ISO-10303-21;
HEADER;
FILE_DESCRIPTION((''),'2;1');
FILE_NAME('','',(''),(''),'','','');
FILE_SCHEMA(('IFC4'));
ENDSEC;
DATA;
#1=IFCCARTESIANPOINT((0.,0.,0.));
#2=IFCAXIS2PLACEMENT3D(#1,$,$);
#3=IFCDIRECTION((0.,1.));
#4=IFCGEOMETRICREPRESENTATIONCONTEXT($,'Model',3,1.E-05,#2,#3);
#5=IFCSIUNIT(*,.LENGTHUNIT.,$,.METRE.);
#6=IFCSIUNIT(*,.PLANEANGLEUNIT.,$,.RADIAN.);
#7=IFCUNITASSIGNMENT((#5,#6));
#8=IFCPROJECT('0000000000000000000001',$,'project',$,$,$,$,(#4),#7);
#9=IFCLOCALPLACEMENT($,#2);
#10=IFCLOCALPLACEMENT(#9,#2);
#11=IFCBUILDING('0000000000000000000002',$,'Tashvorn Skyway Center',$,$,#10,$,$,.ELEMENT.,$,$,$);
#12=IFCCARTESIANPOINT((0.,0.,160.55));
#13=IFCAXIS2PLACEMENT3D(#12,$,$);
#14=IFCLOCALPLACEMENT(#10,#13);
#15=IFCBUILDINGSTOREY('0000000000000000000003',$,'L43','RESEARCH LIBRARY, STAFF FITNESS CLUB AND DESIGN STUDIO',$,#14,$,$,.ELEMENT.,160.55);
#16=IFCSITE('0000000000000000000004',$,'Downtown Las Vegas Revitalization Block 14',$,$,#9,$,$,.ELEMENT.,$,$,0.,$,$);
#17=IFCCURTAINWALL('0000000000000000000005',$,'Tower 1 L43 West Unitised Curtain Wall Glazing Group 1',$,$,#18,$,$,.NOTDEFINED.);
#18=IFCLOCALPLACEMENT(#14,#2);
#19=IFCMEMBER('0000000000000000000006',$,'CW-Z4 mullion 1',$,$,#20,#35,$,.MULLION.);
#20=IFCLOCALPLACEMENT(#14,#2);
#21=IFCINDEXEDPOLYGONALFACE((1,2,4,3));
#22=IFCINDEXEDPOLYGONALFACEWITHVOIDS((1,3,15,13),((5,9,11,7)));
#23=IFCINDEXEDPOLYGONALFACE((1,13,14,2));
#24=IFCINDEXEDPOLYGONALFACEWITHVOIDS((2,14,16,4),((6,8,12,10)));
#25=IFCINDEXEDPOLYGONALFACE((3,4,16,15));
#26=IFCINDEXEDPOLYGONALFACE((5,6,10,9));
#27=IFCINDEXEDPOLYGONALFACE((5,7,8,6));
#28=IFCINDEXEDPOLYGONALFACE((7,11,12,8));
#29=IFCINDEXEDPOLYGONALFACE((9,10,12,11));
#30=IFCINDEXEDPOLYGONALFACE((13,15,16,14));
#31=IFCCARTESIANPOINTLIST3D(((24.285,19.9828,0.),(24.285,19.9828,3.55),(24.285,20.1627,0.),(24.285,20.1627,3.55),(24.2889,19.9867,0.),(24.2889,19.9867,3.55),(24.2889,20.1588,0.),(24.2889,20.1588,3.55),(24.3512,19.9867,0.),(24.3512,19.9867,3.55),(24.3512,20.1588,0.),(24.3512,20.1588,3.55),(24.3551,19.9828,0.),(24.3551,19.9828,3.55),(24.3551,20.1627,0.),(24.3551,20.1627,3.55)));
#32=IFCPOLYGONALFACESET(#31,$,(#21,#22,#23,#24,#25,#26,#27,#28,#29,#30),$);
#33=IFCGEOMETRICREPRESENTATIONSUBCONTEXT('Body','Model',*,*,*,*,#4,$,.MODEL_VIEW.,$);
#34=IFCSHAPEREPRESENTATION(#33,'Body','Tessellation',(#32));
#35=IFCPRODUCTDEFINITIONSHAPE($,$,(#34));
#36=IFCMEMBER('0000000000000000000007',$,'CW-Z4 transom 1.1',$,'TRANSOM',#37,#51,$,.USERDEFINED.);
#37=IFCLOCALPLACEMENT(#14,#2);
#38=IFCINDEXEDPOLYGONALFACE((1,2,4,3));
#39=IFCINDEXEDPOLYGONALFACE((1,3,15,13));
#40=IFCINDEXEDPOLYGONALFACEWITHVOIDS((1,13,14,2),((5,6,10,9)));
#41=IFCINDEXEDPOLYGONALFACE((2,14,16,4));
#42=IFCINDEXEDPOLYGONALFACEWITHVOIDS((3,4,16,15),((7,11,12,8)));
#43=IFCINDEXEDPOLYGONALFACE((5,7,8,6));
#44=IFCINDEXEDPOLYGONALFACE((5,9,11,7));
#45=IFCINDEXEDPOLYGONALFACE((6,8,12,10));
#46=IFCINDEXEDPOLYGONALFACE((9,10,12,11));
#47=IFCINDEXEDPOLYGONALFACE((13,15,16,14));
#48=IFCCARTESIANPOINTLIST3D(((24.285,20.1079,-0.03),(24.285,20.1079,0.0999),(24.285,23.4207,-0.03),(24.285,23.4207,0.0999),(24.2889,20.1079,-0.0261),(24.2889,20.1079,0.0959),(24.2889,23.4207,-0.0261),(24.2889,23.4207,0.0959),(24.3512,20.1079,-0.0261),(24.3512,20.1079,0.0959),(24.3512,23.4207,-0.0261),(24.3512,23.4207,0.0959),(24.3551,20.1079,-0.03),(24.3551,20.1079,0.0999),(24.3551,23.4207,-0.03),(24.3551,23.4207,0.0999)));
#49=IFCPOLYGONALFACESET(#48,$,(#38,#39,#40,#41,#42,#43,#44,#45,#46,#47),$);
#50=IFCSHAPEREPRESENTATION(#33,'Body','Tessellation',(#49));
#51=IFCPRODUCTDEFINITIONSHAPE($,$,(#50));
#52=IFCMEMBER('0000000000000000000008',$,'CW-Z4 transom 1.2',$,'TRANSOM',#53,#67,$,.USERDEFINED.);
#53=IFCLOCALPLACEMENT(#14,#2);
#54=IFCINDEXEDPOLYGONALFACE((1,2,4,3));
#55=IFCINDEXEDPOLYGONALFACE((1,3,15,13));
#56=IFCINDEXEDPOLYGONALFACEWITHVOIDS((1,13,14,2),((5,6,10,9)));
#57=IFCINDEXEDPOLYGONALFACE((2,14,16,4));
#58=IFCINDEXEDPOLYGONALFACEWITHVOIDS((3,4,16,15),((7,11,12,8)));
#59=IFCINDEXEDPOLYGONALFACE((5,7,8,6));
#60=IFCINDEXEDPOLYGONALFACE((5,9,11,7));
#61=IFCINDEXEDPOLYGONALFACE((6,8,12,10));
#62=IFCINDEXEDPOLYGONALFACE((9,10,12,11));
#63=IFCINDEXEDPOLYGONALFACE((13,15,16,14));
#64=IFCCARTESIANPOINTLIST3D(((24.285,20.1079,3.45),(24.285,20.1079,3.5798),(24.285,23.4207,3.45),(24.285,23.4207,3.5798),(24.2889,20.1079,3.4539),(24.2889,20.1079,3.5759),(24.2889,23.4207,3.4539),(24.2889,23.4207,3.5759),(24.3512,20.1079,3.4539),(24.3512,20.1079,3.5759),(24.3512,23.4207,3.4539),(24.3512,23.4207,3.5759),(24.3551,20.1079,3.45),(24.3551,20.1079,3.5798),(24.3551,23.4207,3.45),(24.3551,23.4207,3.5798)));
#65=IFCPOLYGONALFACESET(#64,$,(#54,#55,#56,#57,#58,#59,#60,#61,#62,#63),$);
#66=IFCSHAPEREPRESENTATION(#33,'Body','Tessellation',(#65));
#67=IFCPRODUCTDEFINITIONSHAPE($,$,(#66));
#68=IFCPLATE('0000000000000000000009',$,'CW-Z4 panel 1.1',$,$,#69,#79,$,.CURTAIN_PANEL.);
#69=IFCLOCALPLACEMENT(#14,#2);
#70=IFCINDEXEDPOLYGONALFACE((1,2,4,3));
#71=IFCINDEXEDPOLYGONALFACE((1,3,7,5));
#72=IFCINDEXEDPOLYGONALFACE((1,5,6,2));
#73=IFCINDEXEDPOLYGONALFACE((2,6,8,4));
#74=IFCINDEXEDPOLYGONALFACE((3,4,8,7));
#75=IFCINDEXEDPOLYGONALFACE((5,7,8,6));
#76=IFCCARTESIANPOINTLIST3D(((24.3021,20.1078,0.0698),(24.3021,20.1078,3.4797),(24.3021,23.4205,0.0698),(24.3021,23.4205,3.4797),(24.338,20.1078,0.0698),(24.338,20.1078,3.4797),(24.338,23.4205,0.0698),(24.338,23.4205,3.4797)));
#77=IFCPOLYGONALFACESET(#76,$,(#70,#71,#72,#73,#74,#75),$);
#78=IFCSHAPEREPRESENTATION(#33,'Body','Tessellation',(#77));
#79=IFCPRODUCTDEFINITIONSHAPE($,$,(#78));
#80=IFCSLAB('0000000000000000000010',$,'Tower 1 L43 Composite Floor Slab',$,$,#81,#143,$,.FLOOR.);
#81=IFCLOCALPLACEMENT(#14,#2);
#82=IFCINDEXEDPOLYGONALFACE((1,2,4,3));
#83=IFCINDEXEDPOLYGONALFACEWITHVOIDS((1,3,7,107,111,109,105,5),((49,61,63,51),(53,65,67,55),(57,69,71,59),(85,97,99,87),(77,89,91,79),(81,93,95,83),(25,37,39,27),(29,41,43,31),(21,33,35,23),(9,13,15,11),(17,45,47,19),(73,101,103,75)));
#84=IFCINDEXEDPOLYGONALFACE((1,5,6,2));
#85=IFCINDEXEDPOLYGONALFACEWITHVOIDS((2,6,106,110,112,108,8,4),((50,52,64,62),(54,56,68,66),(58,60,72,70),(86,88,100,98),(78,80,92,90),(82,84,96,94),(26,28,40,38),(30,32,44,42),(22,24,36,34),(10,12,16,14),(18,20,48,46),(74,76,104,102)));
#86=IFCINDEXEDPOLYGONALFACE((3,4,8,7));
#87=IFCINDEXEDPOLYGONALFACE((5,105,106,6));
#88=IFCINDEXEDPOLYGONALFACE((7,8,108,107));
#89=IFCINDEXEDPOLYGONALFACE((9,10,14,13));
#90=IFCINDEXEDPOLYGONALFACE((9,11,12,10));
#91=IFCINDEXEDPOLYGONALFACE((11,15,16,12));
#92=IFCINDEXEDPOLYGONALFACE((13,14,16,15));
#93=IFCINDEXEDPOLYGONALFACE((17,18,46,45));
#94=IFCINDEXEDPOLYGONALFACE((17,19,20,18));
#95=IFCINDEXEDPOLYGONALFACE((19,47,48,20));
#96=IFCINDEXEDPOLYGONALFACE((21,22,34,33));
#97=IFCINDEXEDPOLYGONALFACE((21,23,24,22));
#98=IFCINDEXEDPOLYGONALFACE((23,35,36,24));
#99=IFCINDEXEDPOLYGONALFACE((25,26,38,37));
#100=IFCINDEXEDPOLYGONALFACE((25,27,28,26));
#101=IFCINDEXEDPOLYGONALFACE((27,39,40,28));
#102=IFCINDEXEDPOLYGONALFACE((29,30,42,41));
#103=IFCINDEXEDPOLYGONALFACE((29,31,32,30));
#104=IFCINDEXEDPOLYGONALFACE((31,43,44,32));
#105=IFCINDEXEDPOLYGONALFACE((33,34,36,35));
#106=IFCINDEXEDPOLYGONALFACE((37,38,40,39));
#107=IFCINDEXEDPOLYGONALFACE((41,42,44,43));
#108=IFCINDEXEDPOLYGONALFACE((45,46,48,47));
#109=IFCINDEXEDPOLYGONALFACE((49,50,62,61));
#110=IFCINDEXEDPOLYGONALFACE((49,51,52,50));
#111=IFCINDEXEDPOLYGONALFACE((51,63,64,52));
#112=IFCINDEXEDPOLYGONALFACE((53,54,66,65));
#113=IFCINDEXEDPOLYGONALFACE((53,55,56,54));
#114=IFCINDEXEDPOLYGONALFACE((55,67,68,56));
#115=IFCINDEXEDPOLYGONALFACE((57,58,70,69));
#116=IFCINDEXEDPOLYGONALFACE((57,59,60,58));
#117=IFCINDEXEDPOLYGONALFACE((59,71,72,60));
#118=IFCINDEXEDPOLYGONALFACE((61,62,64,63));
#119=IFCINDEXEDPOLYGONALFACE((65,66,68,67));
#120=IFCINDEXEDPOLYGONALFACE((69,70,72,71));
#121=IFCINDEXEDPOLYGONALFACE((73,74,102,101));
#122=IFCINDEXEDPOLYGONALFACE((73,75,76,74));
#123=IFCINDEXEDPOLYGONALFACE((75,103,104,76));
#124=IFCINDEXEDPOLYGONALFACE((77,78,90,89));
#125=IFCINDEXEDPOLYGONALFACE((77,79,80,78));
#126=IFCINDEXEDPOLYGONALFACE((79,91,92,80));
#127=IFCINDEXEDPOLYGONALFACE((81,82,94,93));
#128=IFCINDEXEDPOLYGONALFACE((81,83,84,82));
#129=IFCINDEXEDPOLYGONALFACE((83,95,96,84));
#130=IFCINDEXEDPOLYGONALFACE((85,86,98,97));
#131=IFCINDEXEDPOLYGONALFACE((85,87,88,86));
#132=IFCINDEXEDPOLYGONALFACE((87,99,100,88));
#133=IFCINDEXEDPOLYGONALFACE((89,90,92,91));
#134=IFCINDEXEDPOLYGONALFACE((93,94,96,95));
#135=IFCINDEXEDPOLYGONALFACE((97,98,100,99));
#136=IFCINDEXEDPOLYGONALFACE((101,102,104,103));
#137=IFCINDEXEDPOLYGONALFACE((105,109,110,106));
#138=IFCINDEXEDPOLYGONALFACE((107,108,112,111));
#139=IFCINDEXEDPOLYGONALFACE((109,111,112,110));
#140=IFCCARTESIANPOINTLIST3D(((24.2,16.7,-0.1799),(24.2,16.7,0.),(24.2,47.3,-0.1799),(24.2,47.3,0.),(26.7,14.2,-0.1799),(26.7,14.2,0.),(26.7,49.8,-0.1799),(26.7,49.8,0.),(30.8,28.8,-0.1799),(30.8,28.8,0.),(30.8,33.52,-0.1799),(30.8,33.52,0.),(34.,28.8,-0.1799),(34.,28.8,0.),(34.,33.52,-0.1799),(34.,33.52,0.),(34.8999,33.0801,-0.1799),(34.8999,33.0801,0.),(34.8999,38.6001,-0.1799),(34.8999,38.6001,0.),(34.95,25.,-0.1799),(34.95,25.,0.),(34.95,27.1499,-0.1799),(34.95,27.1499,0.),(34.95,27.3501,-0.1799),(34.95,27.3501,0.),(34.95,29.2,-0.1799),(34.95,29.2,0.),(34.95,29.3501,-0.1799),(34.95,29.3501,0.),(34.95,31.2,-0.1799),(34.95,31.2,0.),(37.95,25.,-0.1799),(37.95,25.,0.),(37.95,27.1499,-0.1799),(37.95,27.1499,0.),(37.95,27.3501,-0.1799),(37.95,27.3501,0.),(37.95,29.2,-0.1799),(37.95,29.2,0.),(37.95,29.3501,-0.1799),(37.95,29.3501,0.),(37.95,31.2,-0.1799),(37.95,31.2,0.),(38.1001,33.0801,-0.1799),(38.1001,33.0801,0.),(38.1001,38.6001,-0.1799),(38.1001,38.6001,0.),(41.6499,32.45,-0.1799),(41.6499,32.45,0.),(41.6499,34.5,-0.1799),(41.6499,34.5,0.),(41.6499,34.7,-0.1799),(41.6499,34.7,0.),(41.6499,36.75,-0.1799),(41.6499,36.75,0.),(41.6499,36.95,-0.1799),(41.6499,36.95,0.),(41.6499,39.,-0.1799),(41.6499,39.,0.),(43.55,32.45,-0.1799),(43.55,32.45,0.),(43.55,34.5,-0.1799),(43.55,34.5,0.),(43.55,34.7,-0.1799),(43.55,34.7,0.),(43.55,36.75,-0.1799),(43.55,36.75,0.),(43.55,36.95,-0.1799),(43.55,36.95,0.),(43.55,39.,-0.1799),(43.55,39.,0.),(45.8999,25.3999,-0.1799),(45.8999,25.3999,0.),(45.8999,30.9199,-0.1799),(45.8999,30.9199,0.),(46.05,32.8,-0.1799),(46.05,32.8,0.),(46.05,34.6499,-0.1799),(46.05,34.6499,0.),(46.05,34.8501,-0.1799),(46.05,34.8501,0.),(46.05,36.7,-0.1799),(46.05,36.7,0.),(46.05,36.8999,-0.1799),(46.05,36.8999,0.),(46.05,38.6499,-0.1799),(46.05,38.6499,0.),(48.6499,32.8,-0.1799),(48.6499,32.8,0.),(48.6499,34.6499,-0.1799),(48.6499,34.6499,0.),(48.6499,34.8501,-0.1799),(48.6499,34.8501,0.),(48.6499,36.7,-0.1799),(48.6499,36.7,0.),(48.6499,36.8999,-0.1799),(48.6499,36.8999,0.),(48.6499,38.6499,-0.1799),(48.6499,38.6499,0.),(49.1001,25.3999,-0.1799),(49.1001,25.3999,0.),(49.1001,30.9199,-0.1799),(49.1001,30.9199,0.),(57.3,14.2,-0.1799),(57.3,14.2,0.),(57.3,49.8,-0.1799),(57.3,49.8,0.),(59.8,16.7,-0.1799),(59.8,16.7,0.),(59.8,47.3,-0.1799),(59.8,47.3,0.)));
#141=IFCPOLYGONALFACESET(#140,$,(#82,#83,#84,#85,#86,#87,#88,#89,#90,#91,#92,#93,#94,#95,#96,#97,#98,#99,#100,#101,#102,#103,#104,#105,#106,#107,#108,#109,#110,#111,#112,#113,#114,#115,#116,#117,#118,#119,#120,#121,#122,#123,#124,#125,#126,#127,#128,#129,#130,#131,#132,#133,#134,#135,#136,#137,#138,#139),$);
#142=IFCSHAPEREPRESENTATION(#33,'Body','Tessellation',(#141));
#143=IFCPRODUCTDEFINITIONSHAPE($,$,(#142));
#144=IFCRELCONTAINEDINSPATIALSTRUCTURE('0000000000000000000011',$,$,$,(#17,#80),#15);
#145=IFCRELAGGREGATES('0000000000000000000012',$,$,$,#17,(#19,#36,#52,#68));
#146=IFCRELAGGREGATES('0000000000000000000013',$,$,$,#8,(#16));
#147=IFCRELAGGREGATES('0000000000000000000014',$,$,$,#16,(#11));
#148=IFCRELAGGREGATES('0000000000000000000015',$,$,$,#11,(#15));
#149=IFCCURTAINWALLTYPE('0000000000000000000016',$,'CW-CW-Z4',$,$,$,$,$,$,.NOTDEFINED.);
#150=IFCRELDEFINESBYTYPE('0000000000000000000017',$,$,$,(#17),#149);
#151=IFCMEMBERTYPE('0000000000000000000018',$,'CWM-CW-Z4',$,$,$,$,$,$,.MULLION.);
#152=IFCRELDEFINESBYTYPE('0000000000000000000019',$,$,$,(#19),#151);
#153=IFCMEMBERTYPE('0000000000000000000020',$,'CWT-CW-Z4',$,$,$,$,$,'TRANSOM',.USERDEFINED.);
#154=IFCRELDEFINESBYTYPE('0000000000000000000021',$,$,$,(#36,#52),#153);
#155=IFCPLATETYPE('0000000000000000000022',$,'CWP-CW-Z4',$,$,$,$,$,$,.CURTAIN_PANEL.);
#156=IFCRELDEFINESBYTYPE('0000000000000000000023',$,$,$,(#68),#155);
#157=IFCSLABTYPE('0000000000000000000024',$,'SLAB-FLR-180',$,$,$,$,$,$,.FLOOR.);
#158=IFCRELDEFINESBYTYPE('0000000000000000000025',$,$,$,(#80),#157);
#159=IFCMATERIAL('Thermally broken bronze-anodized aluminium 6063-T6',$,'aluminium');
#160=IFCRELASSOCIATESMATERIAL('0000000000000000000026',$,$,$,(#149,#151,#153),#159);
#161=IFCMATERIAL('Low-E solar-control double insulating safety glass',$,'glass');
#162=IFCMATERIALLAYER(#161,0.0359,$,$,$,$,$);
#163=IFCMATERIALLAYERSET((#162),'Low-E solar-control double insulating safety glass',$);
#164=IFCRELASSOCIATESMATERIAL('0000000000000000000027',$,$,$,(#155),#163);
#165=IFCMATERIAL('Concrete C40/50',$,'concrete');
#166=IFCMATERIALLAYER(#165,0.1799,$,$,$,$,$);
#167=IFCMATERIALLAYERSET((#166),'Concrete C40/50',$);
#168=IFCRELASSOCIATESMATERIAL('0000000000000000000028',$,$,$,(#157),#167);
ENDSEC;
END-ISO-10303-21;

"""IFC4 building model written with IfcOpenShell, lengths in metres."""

from ifc_helpers import new_model, si_unit, direction, frame, origin, origin_2d, place, context, subcontext, project, spatial, polyline, rectangle, hollow_rectangle, outline, extrude, material, layer, layer_set, material_profile, profile_set, type_object, element, aggregate, save


model = new_model("IFC4")

# Units and contexts
model_context = context("Model", 3, precision=1e-05, world=origin(), true_north=direction((0.0, 1.0)))
body_context = subcontext(model_context, "Body", "Model", "MODEL_VIEW")
ifc_project = project(units=[si_unit("LENGTHUNIT", "METRE"), si_unit("PLANEANGLEUNIT", "RADIAN")], contexts=[model_context])

# Site, building, storey
site_placement = place(None, origin())
site = spatial("IfcSite", under=ifc_project, at=site_placement, Name="Downtown Las Vegas Revitalization Block 14", CompositionType="ELEMENT", RefElevation=0.0)
building_placement = place(site_placement, origin())
building = spatial("IfcBuilding", under=site, at=building_placement, Name="Tashvorn Skyway Center", CompositionType="ELEMENT")
storey_placement = place(building_placement, frame((0.0, 0.0, 160.55)))
storey = spatial("IfcBuildingStorey", under=building, at=storey_placement, Name="L43", Description="RESEARCH LIBRARY, STAFF FITNESS CLUB AND DESIGN STUDIO", CompositionType="ELEMENT", Elevation=160.55)

# Curtain wall, members, plate
ifc_material_1 = material(Name="Thermally broken bronze-anodized aluminium 6063-T6", Category="aluminium")
curtain_wall_type = type_object("IfcCurtainWallType", Name="CW-CW-Z4", PredefinedType="NOTDEFINED", material=ifc_material_1)
curtain_wall_placement = place(storey_placement, origin())
curtain_wall = element("IfcCurtainWall", 1, at=curtain_wall_placement, inside=storey, type_object=curtain_wall_type, Name="Tower 1 L43 West Unitised Curtain Wall Glazing Group 1", PredefinedType="NOTDEFINED")
ifc_material_profile_1 = material_profile(ifc_material_1, hollow_rectangle(XDim=0.0701, YDim=0.1799, WallThickness=0.0039, at=origin_2d()), Name="ALU-MULL-70x180")
ifc_profile_set_1 = profile_set([ifc_material_profile_1], Name="Thermally broken bronze-anodized aluminium 6063-T6")
member_type_1 = type_object("IfcMemberType", Name="CWM-CW-Z4", PredefinedType="MULLION", material=ifc_profile_set_1)
member_1_placement = place(storey_placement, frame((24.3201, 20.0728, 0.0), z_axis=(0.0, 0.0, 1.0), x_axis=(-1.0, 0.0, 0.0)))
member_1 = element("IfcMember", 2, at=member_1_placement, type_object=member_type_1, Name="CW-Z4 mullion 1", PredefinedType="MULLION", context=body_context, shape_type="SweptSolid", body=[
    extrude(hollow_rectangle(XDim=0.0701, YDim=0.1799, WallThickness=0.0039, at=origin_2d()), origin(), (0.0, 0.0, 1.0), 3.55),
])
ifc_material_profile_2 = material_profile(ifc_material_1, hollow_rectangle(XDim=0.0701, YDim=0.1299, WallThickness=0.0039, at=origin_2d()), Name="ALU-TRAN-70x130")
ifc_profile_set_2 = profile_set([ifc_material_profile_2], Name="Thermally broken bronze-anodized aluminium 6063-T6")
member_type_2 = type_object("IfcMemberType", Name="CWT-CW-Z4", ElementType="TRANSOM", PredefinedType="USERDEFINED", material=ifc_profile_set_2)
member_2_placement = place(storey_placement, frame((24.3201, 20.1079, 0.0349), z_axis=(0.0, 1.0, 0.0), x_axis=(-1.0, 0.0, 0.0)))
member_2 = element("IfcMember", 3, at=member_2_placement, type_object=member_type_2, Name="CW-Z4 transom 1.1", ObjectType="TRANSOM", PredefinedType="USERDEFINED", context=body_context, shape_type="SweptSolid", body=[
    extrude(hollow_rectangle(XDim=0.0701, YDim=0.1299, WallThickness=0.0039, at=origin_2d()), origin(), (0.0, 0.0, 1.0), 3.3127),
])
member_3_placement = place(storey_placement, frame((24.3201, 20.1079, 3.5149), z_axis=(0.0, 1.0, 0.0), x_axis=(-1.0, 0.0, 0.0)))
member_3 = element("IfcMember", 4, at=member_3_placement, type_object=member_type_2, Name="CW-Z4 transom 1.2", ObjectType="TRANSOM", PredefinedType="USERDEFINED", context=body_context, shape_type="SweptSolid", body=[
    extrude(hollow_rectangle(XDim=0.0701, YDim=0.1299, WallThickness=0.0039, at=origin_2d()), origin(), (0.0, 0.0, 1.0), 3.3127),
])
ifc_material_2 = material(Name="Low-E solar-control double insulating safety glass", Category="glass")
ifc_layer_1 = layer(ifc_material_2, 0.0359)
ifc_layer_set_1 = layer_set([ifc_layer_1], Name="Low-E solar-control double insulating safety glass")
plate_type = type_object("IfcPlateType", Name="CWP-CW-Z4", PredefinedType="CURTAIN_PANEL", material=ifc_layer_set_1)
plate_placement = place(storey_placement, frame((24.3201, 21.7642, 0.0698), z_axis=(0.0, 0.0, 1.0), x_axis=(0.0, 1.0, 0.0)))
plate = element("IfcPlate", 5, at=plate_placement, type_object=plate_type, Name="CW-Z4 panel 1.1", PredefinedType="CURTAIN_PANEL", context=body_context, shape_type="SweptSolid", body=[
    extrude(rectangle(XDim=3.3127, YDim=0.0359, at=origin_2d()), origin(), (0.0, 0.0, 1.0), 3.4099),
])
aggregate(curtain_wall, [member_1, member_2, member_3, plate])

# Slab
ifc_material_3 = material(Name="Concrete C40/50", Category="concrete")
ifc_layer_2 = layer(ifc_material_3, 0.1799)
ifc_layer_set_2 = layer_set([ifc_layer_2], Name="Concrete C40/50")
slab_type_1 = type_object("IfcSlabType", Name="SLAB-FLR-180", PredefinedType="FLOOR", material=ifc_layer_set_2)
slab_1_placement = place(storey_placement, frame((0.0, 0.0, -0.1799)))
element("IfcSlab", 6, at=slab_1_placement, inside=storey, type_object=slab_type_1, Name="Tower 1 L43 Composite Floor Slab", PredefinedType="FLOOR", context=body_context, shape_type="SweptSolid", body=[
    extrude(outline(polyline([(26.7, 14.2), (57.3, 14.2), (59.8, 16.7), (59.8, 47.3), (57.3, 49.8), (26.7, 49.8), (24.2, 47.3), (24.2, 16.7), (26.7, 14.2)]), holes=[polyline([(38.1001, 33.0801), (38.1001, 38.6001), (34.8999, 38.6001), (34.8999, 33.0801), (38.1001, 33.0801)]), polyline([(45.8999, 30.9199), (45.8999, 25.3999), (49.1001, 25.3999), (49.1001, 30.9199), (45.8999, 30.9199)]), polyline([(30.8, 33.52), (30.8, 28.8), (34.0, 28.8), (34.0, 33.52), (30.8, 33.52)]), polyline([(34.95, 29.3501), (37.95, 29.3501), (37.95, 31.2), (34.95, 31.2), (34.95, 29.3501)]), polyline([(34.95, 27.3501), (37.95, 27.3501), (37.95, 29.2), (34.95, 29.2), (34.95, 27.3501)]), polyline([(34.95, 25.0), (37.95, 25.0), (37.95, 27.1499), (34.95, 27.1499), (34.95, 25.0)]), polyline([(41.6499, 32.45), (43.55, 32.45), (43.55, 34.5), (41.6499, 34.5), (41.6499, 32.45)]), polyline([(41.6499, 34.7), (43.55, 34.7), (43.55, 36.75), (41.6499, 36.75), (41.6499, 34.7)]), polyline([(41.6499, 36.95), (43.55, 36.95), (43.55, 39.0), (41.6499, 39.0), (41.6499, 36.95)]), polyline([(46.05, 32.8), (48.6499, 32.8), (48.6499, 34.6499), (46.05, 34.6499), (46.05, 32.8)]), polyline([(46.05, 34.8501), (48.6499, 34.8501), (48.6499, 36.7), (46.05, 36.7), (46.05, 34.8501)]), polyline([(46.05, 36.8999), (48.6499, 36.8999), (48.6499, 38.6499), (46.05, 38.6499), (46.05, 36.8999)])]), origin(), (0.0, 0.0, 1.0), 0.1799),
])

save(model, "model.ifc")
